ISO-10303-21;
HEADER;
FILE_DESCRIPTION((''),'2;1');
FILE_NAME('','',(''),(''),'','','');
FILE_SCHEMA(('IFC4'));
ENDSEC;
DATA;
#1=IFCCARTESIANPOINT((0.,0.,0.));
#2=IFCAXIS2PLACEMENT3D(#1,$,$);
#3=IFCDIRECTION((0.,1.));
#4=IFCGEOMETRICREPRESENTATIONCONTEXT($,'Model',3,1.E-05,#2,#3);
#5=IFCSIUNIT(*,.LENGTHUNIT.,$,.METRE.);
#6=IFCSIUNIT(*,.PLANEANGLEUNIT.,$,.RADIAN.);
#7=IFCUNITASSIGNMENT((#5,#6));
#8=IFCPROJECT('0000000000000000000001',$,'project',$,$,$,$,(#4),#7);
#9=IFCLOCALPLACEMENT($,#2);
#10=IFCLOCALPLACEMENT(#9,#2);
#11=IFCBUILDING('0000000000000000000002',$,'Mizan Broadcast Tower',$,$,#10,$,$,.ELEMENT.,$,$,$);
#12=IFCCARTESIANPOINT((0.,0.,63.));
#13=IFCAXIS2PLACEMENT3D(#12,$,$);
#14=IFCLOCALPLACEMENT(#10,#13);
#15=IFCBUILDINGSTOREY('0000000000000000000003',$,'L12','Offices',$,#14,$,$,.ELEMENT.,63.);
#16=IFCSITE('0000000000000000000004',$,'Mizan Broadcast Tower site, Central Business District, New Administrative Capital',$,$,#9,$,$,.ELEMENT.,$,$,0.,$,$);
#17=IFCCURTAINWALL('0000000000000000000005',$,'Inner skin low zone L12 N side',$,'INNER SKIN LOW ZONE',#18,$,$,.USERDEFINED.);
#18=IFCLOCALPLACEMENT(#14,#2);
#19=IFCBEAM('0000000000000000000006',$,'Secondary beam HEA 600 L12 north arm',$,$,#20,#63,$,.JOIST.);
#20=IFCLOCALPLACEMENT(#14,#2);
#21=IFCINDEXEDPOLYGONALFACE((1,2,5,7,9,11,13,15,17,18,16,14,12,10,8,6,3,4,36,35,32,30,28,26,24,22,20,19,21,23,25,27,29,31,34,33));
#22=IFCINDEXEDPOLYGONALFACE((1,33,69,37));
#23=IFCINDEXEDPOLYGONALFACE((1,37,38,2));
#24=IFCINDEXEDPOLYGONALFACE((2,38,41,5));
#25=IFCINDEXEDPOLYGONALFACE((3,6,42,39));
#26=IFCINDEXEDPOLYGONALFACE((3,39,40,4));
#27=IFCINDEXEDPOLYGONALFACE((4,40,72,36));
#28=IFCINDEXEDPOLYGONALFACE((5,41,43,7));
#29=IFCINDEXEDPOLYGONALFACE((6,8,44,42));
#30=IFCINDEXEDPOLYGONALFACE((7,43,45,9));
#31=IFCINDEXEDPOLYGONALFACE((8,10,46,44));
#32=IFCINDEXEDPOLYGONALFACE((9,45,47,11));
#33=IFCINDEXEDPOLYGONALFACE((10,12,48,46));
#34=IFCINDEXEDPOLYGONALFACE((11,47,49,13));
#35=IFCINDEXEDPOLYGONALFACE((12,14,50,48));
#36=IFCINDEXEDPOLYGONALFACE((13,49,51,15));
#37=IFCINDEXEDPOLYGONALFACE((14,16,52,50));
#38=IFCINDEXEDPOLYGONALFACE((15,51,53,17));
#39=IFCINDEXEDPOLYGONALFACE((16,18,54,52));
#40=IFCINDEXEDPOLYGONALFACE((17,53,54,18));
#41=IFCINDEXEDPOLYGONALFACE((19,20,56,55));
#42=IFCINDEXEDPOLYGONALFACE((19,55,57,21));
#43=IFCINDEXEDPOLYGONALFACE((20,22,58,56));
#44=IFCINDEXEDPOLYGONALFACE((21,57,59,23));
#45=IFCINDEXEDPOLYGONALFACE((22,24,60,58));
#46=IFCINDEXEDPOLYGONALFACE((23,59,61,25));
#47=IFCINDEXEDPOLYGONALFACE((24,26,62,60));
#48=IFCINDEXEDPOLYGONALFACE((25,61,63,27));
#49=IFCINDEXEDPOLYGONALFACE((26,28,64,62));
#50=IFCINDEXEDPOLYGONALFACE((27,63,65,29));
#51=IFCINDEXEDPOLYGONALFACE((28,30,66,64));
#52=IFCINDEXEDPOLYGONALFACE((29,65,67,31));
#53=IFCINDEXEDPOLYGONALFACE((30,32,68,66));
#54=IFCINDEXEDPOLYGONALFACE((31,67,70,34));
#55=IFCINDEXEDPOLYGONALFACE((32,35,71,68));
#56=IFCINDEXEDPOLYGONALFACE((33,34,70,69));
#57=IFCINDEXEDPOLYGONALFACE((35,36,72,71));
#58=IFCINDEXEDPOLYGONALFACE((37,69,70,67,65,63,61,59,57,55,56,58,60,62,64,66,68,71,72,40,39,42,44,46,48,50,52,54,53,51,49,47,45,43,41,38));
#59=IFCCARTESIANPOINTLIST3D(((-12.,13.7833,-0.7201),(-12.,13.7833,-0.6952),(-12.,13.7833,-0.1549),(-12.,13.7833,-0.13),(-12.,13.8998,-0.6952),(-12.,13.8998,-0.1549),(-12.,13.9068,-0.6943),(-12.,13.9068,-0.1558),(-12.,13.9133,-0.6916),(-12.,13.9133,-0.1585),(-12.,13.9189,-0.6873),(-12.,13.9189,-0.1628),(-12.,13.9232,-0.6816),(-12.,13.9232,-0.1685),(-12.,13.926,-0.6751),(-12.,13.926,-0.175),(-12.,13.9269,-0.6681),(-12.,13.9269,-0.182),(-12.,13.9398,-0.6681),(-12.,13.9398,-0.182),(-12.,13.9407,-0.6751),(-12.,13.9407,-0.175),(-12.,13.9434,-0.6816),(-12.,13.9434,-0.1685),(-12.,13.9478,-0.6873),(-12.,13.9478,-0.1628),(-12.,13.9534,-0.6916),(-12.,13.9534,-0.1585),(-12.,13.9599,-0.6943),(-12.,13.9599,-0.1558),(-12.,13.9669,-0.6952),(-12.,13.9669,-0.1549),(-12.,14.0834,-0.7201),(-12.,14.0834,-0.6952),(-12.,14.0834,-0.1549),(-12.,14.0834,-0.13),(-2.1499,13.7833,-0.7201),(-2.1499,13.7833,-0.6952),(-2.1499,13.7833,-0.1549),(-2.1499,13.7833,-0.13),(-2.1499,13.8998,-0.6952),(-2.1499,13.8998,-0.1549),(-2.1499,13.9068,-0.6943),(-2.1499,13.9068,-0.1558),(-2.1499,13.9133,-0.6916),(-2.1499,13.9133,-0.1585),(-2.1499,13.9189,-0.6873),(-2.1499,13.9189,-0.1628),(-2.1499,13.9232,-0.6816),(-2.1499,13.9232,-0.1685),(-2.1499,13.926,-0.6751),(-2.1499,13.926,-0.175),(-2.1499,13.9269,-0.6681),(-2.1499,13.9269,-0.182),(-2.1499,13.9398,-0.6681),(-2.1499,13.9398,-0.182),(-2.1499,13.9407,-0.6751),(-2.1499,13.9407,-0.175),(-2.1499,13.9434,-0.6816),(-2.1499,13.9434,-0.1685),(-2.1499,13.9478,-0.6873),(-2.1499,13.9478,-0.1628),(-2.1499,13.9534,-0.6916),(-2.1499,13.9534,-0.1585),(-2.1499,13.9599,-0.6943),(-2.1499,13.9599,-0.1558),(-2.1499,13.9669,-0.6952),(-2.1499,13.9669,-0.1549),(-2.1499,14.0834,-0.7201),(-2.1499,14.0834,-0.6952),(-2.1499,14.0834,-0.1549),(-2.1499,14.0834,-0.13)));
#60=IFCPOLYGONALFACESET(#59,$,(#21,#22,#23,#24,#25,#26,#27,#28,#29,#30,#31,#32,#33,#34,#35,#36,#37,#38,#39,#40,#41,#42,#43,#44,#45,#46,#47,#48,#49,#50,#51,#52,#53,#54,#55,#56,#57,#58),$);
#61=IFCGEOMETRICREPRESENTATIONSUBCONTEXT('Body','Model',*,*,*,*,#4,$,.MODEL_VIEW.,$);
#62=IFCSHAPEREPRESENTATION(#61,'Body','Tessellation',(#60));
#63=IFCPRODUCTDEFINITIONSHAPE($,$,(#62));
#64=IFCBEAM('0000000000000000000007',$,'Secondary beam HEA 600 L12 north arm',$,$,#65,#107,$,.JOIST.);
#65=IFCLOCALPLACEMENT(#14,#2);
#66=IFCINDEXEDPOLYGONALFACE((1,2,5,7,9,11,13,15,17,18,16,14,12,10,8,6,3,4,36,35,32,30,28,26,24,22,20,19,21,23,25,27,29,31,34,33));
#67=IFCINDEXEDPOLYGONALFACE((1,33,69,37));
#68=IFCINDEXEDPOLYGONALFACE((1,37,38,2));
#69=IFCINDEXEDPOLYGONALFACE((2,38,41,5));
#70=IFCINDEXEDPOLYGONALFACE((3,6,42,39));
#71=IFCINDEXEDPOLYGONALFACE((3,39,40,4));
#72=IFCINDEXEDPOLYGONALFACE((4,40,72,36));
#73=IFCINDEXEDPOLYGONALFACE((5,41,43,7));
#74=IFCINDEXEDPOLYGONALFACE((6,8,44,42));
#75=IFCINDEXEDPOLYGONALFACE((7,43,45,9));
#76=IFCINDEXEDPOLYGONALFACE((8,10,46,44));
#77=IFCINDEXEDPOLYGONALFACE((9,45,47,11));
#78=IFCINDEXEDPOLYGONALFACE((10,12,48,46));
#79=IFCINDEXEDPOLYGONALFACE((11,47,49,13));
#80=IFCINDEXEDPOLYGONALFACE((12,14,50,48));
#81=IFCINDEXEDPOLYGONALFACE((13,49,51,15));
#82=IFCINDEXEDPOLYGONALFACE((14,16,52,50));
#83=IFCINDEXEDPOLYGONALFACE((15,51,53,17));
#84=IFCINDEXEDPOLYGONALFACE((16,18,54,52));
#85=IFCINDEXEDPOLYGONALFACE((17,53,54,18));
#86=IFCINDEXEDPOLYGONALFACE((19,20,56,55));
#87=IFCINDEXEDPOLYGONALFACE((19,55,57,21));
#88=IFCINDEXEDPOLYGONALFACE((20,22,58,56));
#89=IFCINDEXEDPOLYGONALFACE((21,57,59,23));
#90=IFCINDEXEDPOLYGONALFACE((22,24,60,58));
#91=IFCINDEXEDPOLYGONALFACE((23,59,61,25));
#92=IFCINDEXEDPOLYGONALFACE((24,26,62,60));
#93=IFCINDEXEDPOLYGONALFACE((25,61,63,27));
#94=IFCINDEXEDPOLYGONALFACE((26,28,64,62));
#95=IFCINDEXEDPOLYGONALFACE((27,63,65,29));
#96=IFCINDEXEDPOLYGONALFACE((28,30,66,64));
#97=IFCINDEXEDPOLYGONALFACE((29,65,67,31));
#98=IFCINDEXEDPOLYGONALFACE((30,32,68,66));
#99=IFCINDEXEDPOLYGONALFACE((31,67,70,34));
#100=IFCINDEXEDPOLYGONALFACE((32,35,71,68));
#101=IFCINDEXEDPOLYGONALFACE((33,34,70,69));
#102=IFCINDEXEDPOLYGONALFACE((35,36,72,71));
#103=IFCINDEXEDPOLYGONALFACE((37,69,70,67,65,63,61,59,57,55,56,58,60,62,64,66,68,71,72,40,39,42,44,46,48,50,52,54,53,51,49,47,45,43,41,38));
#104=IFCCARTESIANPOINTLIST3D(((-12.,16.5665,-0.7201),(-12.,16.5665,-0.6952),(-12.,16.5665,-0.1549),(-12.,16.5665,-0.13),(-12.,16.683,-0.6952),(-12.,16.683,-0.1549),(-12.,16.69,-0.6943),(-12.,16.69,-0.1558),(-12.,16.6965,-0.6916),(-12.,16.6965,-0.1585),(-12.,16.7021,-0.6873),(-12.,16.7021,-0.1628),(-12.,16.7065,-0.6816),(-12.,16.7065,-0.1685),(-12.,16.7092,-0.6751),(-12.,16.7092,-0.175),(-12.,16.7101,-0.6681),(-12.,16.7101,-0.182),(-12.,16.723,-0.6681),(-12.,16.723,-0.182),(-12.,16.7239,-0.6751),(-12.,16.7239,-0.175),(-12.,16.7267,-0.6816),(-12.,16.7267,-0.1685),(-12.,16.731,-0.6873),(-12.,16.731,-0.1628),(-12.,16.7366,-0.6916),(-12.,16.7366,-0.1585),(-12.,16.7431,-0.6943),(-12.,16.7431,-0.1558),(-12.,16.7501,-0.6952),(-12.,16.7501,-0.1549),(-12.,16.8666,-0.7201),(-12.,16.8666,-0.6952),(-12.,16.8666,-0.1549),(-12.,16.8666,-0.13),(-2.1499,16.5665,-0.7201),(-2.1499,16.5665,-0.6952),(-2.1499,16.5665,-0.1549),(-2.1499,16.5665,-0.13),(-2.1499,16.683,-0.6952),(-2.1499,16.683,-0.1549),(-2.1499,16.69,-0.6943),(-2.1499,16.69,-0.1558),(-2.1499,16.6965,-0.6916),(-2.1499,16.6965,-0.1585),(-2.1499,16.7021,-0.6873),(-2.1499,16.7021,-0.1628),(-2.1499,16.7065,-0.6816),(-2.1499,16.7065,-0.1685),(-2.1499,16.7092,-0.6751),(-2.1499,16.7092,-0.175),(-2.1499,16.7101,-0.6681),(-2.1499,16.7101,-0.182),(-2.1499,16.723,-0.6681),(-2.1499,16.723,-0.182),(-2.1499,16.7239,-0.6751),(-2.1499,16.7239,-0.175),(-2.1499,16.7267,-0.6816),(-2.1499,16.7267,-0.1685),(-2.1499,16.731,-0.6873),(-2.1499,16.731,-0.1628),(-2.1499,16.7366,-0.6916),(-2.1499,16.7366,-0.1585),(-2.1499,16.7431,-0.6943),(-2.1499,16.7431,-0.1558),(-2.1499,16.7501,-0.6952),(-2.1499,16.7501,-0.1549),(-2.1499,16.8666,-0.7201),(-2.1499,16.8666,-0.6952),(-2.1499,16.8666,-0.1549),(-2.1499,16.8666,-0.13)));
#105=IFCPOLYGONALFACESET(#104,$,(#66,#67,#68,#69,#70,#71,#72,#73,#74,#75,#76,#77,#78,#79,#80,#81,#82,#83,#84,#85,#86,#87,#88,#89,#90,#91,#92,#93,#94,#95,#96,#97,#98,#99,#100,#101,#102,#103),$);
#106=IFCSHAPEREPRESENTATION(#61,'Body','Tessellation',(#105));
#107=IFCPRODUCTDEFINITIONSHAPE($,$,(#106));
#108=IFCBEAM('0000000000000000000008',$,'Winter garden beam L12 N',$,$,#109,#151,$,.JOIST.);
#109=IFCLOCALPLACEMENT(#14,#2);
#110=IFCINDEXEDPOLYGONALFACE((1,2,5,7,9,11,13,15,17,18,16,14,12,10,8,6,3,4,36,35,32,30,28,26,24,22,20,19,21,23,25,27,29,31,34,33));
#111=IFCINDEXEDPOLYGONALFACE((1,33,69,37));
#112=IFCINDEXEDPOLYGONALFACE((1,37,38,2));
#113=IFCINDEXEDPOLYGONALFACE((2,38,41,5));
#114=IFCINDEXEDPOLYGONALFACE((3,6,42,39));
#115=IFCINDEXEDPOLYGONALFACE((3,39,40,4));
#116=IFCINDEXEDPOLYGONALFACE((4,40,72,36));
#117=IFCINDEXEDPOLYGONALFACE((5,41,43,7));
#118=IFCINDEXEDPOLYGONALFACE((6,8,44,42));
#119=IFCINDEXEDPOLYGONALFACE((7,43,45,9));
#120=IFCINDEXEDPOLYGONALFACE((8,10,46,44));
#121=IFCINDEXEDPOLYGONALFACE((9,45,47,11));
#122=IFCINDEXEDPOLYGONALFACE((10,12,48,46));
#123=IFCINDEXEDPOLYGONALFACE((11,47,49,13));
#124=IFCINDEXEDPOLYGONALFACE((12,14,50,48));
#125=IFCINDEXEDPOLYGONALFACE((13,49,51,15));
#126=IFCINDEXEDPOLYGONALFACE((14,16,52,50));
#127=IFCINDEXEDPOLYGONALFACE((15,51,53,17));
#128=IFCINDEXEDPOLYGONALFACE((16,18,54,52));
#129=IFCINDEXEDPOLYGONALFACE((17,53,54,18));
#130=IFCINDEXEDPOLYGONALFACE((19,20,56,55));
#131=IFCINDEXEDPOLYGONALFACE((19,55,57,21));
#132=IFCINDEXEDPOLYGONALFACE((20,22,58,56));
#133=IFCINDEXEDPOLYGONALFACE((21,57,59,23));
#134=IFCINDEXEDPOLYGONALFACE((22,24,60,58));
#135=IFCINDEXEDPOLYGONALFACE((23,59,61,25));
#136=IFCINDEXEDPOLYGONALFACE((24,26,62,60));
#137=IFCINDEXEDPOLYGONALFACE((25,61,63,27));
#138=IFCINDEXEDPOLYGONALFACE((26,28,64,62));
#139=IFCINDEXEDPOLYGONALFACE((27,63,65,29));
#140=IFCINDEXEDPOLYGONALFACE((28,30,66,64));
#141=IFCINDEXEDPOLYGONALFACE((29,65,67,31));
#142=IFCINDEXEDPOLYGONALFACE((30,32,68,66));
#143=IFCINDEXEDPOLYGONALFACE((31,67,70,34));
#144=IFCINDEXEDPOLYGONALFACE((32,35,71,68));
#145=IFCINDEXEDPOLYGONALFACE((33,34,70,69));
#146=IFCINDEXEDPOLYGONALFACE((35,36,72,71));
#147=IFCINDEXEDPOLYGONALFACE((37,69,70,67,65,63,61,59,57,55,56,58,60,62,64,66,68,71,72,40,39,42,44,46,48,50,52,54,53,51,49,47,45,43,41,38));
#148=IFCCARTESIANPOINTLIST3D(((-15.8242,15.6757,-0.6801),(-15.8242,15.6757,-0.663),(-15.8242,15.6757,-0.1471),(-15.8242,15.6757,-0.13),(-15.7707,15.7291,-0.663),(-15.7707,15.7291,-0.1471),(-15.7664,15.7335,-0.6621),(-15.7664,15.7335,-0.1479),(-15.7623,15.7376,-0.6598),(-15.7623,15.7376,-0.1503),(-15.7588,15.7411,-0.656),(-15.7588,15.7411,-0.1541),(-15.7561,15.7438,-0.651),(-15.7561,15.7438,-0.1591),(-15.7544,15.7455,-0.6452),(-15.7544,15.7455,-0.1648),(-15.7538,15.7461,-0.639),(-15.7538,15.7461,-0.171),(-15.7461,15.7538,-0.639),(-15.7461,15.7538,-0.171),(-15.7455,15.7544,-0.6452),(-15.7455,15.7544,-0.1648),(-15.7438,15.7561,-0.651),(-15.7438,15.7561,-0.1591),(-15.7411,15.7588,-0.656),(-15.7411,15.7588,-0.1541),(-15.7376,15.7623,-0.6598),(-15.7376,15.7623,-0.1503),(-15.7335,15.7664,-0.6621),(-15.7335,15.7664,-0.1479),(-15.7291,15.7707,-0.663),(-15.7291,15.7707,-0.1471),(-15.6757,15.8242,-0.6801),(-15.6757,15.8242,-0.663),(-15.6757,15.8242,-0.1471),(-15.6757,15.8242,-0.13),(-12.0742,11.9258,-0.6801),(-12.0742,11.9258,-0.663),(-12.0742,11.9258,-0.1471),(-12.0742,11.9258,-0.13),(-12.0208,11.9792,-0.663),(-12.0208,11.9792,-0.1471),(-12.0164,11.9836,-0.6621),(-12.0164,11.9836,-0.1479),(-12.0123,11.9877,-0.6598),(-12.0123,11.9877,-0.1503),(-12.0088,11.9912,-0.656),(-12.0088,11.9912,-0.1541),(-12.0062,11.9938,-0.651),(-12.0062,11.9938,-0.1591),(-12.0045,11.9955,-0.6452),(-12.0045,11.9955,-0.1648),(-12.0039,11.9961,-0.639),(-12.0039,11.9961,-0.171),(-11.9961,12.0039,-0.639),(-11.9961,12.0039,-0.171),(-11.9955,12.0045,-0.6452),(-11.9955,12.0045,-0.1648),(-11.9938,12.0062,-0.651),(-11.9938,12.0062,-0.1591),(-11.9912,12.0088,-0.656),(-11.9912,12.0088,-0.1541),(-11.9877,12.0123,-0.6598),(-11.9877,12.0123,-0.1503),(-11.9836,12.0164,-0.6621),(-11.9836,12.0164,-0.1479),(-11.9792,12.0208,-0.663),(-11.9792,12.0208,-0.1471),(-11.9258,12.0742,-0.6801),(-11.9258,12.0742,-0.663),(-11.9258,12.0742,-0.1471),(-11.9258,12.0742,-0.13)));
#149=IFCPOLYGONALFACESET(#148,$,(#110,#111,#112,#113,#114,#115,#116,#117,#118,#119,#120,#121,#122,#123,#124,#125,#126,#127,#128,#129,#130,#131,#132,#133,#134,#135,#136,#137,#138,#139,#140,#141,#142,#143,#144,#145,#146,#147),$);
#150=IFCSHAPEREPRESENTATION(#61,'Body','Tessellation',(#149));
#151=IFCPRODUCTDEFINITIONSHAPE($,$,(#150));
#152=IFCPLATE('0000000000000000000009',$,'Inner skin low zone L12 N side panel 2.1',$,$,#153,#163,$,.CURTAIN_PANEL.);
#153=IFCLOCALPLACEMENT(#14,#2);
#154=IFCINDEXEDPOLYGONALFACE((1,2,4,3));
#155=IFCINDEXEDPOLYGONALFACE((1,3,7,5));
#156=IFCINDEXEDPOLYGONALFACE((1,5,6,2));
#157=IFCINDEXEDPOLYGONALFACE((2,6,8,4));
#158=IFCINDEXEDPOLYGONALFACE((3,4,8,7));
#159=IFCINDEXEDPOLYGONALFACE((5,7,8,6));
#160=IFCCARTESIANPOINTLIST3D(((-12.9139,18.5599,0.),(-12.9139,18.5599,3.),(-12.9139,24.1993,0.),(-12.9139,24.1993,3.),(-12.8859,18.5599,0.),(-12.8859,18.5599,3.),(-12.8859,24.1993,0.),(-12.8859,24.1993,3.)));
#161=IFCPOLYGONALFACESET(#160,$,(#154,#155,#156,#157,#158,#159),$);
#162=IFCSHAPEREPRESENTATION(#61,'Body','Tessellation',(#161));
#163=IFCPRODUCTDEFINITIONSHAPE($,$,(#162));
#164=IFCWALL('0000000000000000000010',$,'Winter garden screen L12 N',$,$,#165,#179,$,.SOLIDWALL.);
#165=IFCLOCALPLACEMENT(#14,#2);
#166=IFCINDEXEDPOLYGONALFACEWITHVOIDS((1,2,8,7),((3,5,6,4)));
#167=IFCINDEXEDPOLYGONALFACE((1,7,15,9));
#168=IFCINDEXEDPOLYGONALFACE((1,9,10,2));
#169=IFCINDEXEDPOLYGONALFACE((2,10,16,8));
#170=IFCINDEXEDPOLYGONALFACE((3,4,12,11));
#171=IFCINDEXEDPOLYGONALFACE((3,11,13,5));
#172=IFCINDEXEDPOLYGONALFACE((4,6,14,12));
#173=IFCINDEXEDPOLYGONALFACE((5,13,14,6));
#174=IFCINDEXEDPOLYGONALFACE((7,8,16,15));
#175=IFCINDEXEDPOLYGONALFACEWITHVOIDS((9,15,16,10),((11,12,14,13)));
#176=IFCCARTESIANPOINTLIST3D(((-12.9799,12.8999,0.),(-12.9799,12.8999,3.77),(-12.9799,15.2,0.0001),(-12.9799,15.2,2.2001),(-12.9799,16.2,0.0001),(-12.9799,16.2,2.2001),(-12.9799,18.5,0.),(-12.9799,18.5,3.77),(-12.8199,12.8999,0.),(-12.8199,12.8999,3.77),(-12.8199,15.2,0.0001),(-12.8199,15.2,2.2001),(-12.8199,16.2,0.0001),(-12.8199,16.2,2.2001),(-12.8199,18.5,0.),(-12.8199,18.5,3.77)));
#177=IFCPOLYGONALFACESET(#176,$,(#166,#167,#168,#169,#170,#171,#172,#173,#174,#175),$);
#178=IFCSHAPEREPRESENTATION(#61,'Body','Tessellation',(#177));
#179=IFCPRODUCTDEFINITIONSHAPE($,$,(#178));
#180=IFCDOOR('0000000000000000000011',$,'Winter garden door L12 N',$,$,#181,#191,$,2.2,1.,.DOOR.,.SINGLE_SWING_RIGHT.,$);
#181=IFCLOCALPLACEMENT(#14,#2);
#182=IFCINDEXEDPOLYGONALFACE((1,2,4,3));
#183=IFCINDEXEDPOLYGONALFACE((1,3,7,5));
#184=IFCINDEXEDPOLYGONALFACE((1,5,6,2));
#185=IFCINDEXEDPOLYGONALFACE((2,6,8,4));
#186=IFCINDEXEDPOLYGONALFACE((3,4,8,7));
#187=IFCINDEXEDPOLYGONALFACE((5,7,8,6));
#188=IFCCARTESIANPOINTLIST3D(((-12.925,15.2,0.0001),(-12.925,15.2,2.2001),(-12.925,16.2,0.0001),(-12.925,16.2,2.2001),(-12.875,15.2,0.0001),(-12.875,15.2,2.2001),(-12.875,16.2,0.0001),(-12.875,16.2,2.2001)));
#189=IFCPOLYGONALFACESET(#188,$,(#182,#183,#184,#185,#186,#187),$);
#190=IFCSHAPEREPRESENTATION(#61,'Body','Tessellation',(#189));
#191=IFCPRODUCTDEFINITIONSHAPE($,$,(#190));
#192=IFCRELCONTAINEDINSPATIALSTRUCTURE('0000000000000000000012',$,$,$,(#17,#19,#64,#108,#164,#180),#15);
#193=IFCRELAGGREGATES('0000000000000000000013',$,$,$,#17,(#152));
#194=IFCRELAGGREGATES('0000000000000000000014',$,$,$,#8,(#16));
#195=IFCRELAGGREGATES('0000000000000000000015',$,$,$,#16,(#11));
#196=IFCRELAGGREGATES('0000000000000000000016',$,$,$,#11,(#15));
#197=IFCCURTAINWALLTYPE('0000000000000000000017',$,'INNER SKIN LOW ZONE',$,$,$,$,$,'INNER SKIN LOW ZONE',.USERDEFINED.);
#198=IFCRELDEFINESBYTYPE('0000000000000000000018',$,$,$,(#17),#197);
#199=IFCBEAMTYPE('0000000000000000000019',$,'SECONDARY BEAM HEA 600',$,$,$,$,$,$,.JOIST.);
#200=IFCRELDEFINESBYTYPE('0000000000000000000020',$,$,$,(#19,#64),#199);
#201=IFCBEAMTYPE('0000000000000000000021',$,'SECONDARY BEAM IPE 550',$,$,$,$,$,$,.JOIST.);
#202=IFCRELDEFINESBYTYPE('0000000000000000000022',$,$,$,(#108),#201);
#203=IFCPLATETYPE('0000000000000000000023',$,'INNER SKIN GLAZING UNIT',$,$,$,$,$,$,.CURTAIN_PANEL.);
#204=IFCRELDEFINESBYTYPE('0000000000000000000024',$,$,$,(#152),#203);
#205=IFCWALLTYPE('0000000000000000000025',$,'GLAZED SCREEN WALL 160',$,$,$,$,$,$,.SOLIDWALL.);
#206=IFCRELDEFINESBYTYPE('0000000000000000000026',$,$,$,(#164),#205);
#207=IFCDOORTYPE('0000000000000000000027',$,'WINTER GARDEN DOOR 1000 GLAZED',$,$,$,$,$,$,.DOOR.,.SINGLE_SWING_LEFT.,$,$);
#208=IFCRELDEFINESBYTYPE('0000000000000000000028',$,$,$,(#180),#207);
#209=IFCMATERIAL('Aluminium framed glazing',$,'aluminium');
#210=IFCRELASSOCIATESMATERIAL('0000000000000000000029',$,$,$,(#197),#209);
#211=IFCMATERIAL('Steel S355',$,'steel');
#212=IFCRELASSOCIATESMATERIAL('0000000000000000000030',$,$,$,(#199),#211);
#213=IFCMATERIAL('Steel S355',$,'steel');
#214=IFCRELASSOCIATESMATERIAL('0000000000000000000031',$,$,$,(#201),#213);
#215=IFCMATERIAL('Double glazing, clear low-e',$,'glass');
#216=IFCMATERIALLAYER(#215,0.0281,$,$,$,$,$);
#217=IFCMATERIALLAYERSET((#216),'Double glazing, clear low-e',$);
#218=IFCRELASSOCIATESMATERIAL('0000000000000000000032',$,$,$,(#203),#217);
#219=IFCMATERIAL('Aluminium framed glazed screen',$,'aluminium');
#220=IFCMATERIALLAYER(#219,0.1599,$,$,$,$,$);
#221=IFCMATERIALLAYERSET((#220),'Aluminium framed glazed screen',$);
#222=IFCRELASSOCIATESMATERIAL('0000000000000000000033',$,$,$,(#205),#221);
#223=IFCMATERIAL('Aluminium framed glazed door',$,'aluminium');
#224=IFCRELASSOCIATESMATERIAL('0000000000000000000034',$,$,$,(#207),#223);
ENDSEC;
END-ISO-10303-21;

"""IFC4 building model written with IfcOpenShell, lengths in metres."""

from ifc_helpers import new_model, si_unit, direction, frame, frame_2d, origin, origin_2d, place, context, subcontext, project, spatial, rectangle, i_section, extrude, material, layer, layer_set, material_profile, profile_set, type_object, element, fill, aggregate, save


model = new_model("IFC4")

# Units and contexts
model_context = context("Model", 3, precision=1e-05, world=origin(), true_north=direction((0.0, 1.0)))
body_context = subcontext(model_context, "Body", "Model", "MODEL_VIEW")
ifc_project = project(units=[si_unit("LENGTHUNIT", "METRE"), si_unit("PLANEANGLEUNIT", "RADIAN")], contexts=[model_context])

# Site, building, storey
site_placement = place(None, origin())
site = spatial("IfcSite", under=ifc_project, at=site_placement, Name="Mizan Broadcast Tower site, Central Business District, New Administrative Capital", CompositionType="ELEMENT", RefElevation=0.0)
building_placement = place(site_placement, origin())
building = spatial("IfcBuilding", under=site, at=building_placement, Name="Mizan Broadcast Tower", CompositionType="ELEMENT")
storey_placement = place(building_placement, frame((0.0, 0.0, 63.0)))
storey = spatial("IfcBuildingStorey", under=building, at=storey_placement, Name="L12", Description="Offices", CompositionType="ELEMENT", Elevation=63.0)

# Curtain wall
ifc_material_1 = material(Name="Aluminium framed glazing", Category="aluminium")
curtain_wall_type = type_object("IfcCurtainWallType", Name="INNER SKIN LOW ZONE", ElementType="INNER SKIN LOW ZONE", PredefinedType="USERDEFINED", material=ifc_material_1)
curtain_wall_placement = place(storey_placement, origin())
curtain_wall = element("IfcCurtainWall", 1, at=curtain_wall_placement, inside=storey, type_object=curtain_wall_type, Name="Inner skin low zone L12 N side", ObjectType="INNER SKIN LOW ZONE", PredefinedType="USERDEFINED")

# Beams
ifc_material_2 = material(Name="Steel S355", Category="steel")
ifc_material_profile_1 = material_profile(ifc_material_2, i_section(OverallWidth=0.3, OverallDepth=0.5901, WebThickness=0.0129, FlangeThickness=0.0249, FilletRadius=0.0271, at=origin_2d()), Name="HEA 600")
ifc_profile_set_1 = profile_set([ifc_material_profile_1], Name="Steel S355")
beam_type_1 = type_object("IfcBeamType", Name="SECONDARY BEAM HEA 600", PredefinedType="JOIST", material=ifc_profile_set_1)
for number, where, z_axis, x_axis, name in (
    (2, (-12.0, 13.9333, -0.425), (1.0, 0.0, 0.0), (0.0, 1.0, 0.0), "Secondary beam HEA 600 L12 north arm"),
    (3, (-12.0, 16.7166, -0.425), (1.0, 0.0, 0.0), (0.0, 1.0, 0.0), "Secondary beam HEA 600 L12 north arm"),
):
    element("IfcBeam", number, at=place(storey_placement, frame(where, z_axis=z_axis, x_axis=x_axis)), inside=storey, type_object=beam_type_1, Name=name, PredefinedType="JOIST", context=body_context, shape_type="SweptSolid", body=[
        extrude(i_section(OverallWidth=0.3, OverallDepth=0.5901, WebThickness=0.0129, FlangeThickness=0.0249, FilletRadius=0.0271, at=origin_2d()), origin(), (0.0, 0.0, 1.0), 9.8501),
    ])
ifc_material_3 = material(Name="Steel S355", Category="steel")
ifc_material_profile_2 = material_profile(ifc_material_3, i_section(OverallWidth=0.21, OverallDepth=0.55, WebThickness=0.011, FlangeThickness=0.0171, FilletRadius=0.0239, at=origin_2d()), Name="IPE 550")
ifc_profile_set_2 = profile_set([ifc_material_profile_2], Name="Steel S355")
beam_type_2 = type_object("IfcBeamType", Name="SECONDARY BEAM IPE 550", PredefinedType="JOIST", material=ifc_profile_set_2)
beam_1_placement = place(storey_placement, frame((-12.0, 12.0, -0.405), z_axis=(-0.707107, 0.707107, 0.0), x_axis=(-0.707107, -0.707107, 0.0)))
element("IfcBeam", 4, at=beam_1_placement, inside=storey, type_object=beam_type_2, Name="Winter garden beam L12 N", PredefinedType="JOIST", context=body_context, shape_type="SweptSolid", body=[
    extrude(i_section(OverallWidth=0.21, OverallDepth=0.55, WebThickness=0.011, FlangeThickness=0.0171, FilletRadius=0.0239, at=origin_2d()), origin(), (0.0, 0.0, 1.0), 5.3032),
])

# Plate
ifc_material_4 = material(Name="Double glazing, clear low-e", Category="glass")
ifc_layer_1 = layer(ifc_material_4, 0.0281)
ifc_layer_set_1 = layer_set([ifc_layer_1], Name="Double glazing, clear low-e")
plate_type = type_object("IfcPlateType", Name="INNER SKIN GLAZING UNIT", PredefinedType="CURTAIN_PANEL", material=ifc_layer_set_1)
plate_placement = place(storey_placement, frame((-12.8999, 21.3796, 0.0), z_axis=(0.0, 0.0, 1.0), x_axis=(0.0, -1.0, 0.0)))
plate = element("IfcPlate", 5, at=plate_placement, type_object=plate_type, Name="Inner skin low zone L12 N side panel 2.1", PredefinedType="CURTAIN_PANEL", context=body_context, shape_type="SweptSolid", body=[
    extrude(rectangle(XDim=5.6394, YDim=0.0281, at=origin_2d()), origin(), (0.0, 0.0, 1.0), 3.0),
])
aggregate(curtain_wall, [plate])

# Wall, opening, door
ifc_material_5 = material(Name="Aluminium framed glazed screen", Category="aluminium")
ifc_layer_2 = layer(ifc_material_5, 0.1599)
ifc_layer_set_2 = layer_set([ifc_layer_2], Name="Aluminium framed glazed screen")
wall_type_1 = type_object("IfcWallType", Name="GLAZED SCREEN WALL 160", PredefinedType="SOLIDWALL", material=ifc_layer_set_2)
wall_1_placement = place(storey_placement, frame((-12.8999, 18.5, 0.0), z_axis=(0.0, 0.0, 1.0), x_axis=(0.0, -1.0, 0.0)))
wall_1 = element("IfcWall", 6, at=wall_1_placement, inside=storey, type_object=wall_type_1, Name="Winter garden screen L12 N", PredefinedType="SOLIDWALL", context=body_context, shape_type="SweptSolid", body=[
    extrude(rectangle(XDim=5.6001, YDim=0.1599, at=frame_2d((2.8, 0.0))), origin(), (0.0, 0.0, 1.0), 3.77),
])
opening_1_placement = place(wall_1_placement, frame((2.3, 0.0, 0.0)))
opening_1 = element("IfcOpeningElement", 7, at=opening_1_placement, cuts=wall_1, PredefinedType="OPENING", context=body_context, shape_type="SweptSolid", body=[
    extrude(rectangle(XDim=1.0, YDim=2.2, at=frame_2d((0.5, 1.1001))), frame((0.0, 0.0898, 0.0), z_axis=(0.0, -1.0, 0.0), x_axis=(1.0, 0.0, 0.0)), (0.0, 0.0, 1.0), 0.1799),
])
ifc_material_6 = material(Name="Aluminium framed glazed door", Category="aluminium")
door_type_1 = type_object("IfcDoorType", Name="WINTER GARDEN DOOR 1000 GLAZED", OperationType="SINGLE_SWING_LEFT", PredefinedType="DOOR", material=ifc_material_6)
door_1_placement = place(opening_1_placement, origin())
door_1 = element("IfcDoor", 8, at=door_1_placement, inside=storey, type_object=door_type_1, Name="Winter garden door L12 N", OperationType="SINGLE_SWING_RIGHT", OverallHeight=2.2, OverallWidth=1.0, PredefinedType="DOOR", context=body_context, shape_type="SweptSolid", body=[
    extrude(rectangle(XDim=1.0, YDim=2.2, at=frame_2d((0.5, 1.1001))), frame((0.0, 0.0249, 0.0), z_axis=(0.0, -1.0, 0.0), x_axis=(1.0, 0.0, 0.0)), (0.0, 0.0, 1.0), 0.05),
])
fill(opening_1, door_1)

save(model, "model.ifc")
